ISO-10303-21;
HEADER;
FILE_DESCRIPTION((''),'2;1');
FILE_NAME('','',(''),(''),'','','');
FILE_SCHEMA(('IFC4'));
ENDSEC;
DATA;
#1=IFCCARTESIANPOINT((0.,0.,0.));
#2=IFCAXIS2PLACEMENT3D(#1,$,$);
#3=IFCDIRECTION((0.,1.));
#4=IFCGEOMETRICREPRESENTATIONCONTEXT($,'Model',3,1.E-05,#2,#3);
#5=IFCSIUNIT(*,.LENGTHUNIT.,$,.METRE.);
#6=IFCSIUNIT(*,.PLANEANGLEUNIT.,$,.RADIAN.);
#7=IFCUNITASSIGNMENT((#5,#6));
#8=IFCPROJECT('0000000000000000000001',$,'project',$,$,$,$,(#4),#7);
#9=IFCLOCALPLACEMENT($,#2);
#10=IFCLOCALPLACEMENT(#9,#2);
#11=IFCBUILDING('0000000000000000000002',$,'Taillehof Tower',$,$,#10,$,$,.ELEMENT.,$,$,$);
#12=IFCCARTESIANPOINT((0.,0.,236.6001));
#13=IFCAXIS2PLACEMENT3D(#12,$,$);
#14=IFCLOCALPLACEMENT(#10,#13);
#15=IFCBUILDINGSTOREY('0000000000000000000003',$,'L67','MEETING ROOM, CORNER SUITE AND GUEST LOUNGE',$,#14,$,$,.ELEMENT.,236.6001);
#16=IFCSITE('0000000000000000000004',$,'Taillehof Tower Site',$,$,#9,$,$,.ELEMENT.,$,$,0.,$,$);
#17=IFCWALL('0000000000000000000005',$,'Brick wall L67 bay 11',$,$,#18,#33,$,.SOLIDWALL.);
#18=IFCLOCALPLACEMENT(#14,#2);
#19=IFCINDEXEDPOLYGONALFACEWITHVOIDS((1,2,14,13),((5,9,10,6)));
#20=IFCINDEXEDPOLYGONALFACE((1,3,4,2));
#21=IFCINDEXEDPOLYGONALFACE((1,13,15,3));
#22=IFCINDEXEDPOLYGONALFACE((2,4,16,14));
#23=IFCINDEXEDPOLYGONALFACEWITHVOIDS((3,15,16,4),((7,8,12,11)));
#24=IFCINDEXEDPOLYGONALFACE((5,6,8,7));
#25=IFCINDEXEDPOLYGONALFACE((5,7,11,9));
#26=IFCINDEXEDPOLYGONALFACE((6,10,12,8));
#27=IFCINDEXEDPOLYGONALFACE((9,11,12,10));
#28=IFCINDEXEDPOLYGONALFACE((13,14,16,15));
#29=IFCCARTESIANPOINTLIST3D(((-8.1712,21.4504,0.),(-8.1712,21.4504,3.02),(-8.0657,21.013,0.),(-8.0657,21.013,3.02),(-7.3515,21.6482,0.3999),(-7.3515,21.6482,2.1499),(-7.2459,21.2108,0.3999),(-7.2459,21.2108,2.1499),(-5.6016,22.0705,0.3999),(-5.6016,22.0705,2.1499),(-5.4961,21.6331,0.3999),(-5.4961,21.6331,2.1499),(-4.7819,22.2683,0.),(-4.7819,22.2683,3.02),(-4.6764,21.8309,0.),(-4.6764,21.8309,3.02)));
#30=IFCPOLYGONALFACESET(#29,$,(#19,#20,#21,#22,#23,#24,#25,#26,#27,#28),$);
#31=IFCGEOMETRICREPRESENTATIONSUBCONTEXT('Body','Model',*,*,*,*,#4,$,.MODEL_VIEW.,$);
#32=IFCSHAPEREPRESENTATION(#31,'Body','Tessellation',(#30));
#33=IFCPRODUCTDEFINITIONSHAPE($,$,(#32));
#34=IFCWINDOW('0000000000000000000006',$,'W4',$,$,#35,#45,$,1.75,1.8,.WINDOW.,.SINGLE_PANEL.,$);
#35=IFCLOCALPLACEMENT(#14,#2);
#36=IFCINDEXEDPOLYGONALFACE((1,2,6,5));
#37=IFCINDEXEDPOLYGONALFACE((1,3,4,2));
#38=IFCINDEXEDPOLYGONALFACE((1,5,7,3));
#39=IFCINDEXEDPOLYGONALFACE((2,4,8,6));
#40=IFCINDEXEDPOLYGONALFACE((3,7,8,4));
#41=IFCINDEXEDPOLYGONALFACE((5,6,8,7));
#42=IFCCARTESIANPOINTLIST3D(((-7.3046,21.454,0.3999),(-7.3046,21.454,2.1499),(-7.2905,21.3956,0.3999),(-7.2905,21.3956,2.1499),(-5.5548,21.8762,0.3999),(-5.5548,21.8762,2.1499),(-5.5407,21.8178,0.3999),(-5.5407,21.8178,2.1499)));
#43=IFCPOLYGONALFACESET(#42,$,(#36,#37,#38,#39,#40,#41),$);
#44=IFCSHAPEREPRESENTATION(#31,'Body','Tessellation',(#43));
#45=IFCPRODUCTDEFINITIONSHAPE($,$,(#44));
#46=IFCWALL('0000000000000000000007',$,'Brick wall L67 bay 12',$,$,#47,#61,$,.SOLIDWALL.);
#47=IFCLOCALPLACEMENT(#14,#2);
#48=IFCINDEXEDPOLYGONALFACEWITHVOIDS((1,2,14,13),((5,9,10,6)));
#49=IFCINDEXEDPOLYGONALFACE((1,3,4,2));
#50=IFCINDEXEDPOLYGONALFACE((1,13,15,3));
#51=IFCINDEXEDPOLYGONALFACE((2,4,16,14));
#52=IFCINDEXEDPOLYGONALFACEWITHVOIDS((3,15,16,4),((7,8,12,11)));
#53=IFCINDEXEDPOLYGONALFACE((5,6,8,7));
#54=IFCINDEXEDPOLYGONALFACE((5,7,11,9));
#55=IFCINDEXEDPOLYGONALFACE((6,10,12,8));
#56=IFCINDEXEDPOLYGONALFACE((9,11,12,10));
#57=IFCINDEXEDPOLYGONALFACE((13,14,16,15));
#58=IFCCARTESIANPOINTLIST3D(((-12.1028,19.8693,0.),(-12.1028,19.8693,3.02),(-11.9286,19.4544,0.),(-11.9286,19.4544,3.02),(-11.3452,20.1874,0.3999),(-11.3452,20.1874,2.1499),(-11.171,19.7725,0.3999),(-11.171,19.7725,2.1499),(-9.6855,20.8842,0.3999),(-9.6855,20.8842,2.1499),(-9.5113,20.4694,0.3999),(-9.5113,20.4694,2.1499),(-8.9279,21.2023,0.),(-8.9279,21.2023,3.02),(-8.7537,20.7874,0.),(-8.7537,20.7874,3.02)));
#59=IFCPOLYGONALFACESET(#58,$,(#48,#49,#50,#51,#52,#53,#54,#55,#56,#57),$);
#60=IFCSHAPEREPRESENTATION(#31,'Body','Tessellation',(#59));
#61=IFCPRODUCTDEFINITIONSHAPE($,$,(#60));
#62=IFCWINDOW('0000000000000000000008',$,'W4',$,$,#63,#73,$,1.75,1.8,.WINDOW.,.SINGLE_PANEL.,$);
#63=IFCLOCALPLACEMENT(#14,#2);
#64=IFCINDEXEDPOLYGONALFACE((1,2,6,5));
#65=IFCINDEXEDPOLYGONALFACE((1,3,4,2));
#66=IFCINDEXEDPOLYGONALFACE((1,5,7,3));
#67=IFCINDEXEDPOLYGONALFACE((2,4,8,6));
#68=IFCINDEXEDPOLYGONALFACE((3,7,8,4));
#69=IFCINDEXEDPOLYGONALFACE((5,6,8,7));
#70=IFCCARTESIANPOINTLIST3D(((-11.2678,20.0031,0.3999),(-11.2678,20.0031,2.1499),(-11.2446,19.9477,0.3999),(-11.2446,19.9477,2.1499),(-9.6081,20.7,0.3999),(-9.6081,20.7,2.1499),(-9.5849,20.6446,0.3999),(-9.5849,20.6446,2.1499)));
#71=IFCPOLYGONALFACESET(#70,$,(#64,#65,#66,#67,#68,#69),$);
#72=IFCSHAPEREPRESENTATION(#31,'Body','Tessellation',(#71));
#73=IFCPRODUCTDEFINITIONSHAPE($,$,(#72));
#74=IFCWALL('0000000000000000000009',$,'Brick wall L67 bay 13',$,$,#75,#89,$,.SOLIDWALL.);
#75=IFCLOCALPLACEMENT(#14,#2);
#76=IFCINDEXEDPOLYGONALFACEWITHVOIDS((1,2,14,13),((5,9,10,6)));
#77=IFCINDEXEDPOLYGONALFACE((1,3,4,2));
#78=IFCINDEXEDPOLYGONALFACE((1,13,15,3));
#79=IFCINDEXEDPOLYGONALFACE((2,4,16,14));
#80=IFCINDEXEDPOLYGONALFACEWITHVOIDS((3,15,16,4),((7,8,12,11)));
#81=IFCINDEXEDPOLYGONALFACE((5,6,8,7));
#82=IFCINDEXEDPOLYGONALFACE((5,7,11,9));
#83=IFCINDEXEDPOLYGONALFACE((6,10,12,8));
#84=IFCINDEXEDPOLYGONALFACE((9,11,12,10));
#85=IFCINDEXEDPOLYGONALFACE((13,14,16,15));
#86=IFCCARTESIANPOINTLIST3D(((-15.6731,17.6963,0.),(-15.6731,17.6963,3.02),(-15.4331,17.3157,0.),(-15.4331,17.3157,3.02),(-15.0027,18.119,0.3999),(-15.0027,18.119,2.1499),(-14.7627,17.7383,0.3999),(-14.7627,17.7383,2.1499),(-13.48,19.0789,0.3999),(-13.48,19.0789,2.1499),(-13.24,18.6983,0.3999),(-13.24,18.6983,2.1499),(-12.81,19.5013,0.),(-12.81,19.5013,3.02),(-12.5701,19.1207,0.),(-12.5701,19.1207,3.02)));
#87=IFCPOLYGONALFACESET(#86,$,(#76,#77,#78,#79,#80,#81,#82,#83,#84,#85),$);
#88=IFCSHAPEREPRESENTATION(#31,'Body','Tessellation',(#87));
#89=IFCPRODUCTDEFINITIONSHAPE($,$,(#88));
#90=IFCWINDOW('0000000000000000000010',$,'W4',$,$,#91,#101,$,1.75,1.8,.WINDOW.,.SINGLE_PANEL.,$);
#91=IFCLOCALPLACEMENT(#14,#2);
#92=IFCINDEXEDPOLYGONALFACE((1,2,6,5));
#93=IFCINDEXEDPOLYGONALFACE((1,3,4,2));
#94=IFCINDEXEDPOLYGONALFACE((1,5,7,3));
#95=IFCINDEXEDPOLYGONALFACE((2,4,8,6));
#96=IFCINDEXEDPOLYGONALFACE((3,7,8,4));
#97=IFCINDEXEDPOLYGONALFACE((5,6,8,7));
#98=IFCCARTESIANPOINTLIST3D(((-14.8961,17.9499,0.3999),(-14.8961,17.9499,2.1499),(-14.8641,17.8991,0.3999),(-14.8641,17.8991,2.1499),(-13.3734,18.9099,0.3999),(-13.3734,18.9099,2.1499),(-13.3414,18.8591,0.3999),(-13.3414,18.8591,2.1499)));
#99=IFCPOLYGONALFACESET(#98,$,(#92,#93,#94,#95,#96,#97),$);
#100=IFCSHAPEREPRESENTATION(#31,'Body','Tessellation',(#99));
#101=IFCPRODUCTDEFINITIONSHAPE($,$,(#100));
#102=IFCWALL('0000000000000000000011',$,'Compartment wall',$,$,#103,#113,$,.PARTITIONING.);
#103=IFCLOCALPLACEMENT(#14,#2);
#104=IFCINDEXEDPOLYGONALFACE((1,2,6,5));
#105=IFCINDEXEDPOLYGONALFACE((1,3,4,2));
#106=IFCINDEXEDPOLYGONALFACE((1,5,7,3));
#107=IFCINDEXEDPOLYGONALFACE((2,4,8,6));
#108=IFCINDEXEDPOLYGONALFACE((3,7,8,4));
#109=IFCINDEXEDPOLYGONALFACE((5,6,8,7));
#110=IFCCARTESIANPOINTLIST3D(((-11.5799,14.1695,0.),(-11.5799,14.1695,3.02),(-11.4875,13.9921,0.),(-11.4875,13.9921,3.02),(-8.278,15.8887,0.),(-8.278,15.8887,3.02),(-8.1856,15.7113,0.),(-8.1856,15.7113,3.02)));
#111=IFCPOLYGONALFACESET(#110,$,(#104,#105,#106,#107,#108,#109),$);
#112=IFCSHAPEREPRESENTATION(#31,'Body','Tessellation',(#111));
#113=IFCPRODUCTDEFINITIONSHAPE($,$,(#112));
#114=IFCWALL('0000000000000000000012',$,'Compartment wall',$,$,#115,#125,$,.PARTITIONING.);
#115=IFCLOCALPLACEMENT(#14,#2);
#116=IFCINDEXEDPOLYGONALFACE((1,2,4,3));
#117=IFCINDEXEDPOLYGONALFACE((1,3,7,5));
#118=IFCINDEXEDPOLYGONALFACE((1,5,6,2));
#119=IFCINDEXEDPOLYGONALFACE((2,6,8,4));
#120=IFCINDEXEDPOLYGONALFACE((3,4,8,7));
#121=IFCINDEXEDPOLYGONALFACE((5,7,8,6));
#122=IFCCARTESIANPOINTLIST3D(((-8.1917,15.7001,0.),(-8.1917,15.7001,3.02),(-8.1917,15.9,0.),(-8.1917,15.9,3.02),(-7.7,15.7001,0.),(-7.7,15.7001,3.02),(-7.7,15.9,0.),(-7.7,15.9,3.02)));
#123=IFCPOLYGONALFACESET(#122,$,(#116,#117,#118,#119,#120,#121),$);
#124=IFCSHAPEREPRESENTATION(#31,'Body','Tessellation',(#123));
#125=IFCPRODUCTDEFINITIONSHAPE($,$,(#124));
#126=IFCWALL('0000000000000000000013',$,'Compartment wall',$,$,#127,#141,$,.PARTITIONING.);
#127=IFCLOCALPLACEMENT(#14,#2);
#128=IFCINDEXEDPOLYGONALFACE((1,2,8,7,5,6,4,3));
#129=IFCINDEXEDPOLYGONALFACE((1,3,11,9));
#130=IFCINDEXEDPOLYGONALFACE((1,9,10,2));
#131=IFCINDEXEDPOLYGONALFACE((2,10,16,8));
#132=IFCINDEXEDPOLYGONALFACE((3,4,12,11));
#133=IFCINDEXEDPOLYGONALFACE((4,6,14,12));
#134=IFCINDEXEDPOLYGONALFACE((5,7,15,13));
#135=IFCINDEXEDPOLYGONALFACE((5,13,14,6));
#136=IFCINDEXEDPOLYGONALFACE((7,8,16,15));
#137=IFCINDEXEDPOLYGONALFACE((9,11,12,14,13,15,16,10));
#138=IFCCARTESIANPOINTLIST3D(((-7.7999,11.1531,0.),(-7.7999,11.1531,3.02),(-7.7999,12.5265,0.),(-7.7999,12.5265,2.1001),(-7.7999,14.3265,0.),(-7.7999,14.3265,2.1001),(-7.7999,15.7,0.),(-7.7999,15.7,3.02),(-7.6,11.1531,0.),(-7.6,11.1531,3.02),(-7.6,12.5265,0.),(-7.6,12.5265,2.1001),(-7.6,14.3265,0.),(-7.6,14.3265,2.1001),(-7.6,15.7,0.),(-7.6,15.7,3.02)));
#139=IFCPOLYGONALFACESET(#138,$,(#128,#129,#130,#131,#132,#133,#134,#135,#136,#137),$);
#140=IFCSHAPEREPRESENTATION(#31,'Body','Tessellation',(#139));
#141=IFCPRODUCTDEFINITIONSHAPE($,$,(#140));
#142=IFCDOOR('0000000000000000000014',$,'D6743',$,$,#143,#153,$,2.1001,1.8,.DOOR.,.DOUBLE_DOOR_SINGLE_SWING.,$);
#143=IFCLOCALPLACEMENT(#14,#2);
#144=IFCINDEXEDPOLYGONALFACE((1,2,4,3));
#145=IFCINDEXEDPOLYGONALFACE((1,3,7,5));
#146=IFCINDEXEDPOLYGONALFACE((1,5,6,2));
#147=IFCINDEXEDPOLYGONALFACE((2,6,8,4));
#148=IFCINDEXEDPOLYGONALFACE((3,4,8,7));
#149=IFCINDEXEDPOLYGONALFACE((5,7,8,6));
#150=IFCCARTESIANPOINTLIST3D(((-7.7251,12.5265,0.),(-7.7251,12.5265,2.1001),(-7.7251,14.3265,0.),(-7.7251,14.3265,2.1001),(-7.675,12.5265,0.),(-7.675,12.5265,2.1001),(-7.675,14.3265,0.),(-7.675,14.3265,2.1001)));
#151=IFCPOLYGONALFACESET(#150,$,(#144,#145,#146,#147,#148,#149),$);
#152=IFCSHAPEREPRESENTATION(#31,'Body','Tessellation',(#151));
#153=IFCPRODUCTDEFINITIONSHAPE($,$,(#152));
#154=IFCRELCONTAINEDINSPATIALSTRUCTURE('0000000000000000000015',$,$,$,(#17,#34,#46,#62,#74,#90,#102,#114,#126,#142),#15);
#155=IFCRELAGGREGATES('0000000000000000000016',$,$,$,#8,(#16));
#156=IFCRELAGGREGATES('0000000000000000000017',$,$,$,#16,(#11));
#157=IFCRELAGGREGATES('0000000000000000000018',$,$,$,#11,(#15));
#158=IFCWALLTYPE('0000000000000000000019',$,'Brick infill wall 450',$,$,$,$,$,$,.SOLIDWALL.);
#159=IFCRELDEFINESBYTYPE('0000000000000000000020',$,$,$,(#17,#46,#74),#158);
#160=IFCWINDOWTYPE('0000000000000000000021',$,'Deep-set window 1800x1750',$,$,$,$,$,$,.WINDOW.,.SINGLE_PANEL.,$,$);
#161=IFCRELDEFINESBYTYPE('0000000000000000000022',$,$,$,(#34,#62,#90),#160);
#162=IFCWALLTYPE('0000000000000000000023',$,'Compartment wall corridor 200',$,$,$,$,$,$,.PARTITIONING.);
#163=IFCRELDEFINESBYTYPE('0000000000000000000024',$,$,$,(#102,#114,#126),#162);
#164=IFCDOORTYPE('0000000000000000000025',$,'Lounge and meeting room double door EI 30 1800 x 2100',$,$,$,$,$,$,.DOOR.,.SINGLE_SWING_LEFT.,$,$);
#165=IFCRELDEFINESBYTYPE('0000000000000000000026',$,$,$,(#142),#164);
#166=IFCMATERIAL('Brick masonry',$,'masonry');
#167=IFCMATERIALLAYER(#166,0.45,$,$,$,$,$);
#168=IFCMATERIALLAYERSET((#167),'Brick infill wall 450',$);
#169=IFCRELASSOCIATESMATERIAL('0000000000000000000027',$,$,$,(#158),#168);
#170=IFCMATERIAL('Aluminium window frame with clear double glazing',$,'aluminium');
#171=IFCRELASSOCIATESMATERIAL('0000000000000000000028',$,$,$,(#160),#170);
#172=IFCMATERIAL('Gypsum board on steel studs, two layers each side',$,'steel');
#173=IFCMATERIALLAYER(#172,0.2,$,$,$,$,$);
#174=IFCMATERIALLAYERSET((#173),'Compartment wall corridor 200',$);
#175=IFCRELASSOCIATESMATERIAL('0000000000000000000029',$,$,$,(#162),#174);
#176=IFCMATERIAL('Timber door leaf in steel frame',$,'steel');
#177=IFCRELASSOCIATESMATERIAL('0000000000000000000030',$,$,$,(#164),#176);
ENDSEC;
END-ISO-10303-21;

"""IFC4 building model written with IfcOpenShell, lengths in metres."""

from ifc_helpers import new_model, si_unit, direction, frame, frame_2d, origin, place, context, subcontext, project, spatial, rectangle, extrude, material, layer, layer_set, type_object, element, fill, save


model = new_model("IFC4")

# Units and contexts
model_context = context("Model", 3, precision=1e-05, world=origin(), true_north=direction((0.0, 1.0)))
body_context = subcontext(model_context, "Body", "Model", "MODEL_VIEW")
ifc_project = project(units=[si_unit("LENGTHUNIT", "METRE"), si_unit("PLANEANGLEUNIT", "RADIAN")], contexts=[model_context])

# Site, building, storey
site_placement = place(None, origin())
site = spatial("IfcSite", under=ifc_project, at=site_placement, Name="Taillehof Tower Site", CompositionType="ELEMENT", RefElevation=0.0)
building_placement = place(site_placement, origin())
building = spatial("IfcBuilding", under=site, at=building_placement, Name="Taillehof Tower", CompositionType="ELEMENT")
storey_placement = place(building_placement, frame((0.0, 0.0, 236.6001)))
storey = spatial("IfcBuildingStorey", under=building, at=storey_placement, Name="L67", Description="MEETING ROOM, CORNER SUITE AND GUEST LOUNGE", CompositionType="ELEMENT", Elevation=236.6001)

# Walls, openings, windows
ifc_material_1 = material(Name="Brick masonry", Category="masonry")
ifc_layer_1 = layer(ifc_material_1, 0.45)
ifc_layer_set_1 = layer_set([ifc_layer_1], Name="Brick infill wall 450")
wall_type_1 = type_object("IfcWallType", Name="Brick infill wall 450", PredefinedType="SOLIDWALL", material=ifc_layer_set_1)
ifc_material_2 = material(Name="Aluminium window frame with clear double glazing", Category="aluminium")
window_type = type_object("IfcWindowType", Name="Deep-set window 1800x1750", PartitioningType="SINGLE_PANEL", PredefinedType="WINDOW", material=ifc_material_2)
wall_1_placement = place(storey_placement, frame((-4.7292, 22.0496, 0.0), z_axis=(0.0, 0.0, 1.0), x_axis=(-0.972099, -0.23457, 0.0)))
wall_1 = element("IfcWall", 1, at=wall_1_placement, inside=storey, type_object=wall_type_1, Name="Brick wall L67 bay 11", PredefinedType="SOLIDWALL", context=body_context, shape_type="SweptSolid", body=[
    extrude(rectangle(XDim=3.4866, YDim=0.45, at=frame_2d((1.7432, 0.0))), origin(), (0.0, 0.0, 1.0), 3.02),
])
opening_1_placement = place(wall_1_placement, frame((0.8433, 0.0, 0.3999)))
opening_1 = element("IfcOpeningElement", 2, at=opening_1_placement, cuts=wall_1, PredefinedType="OPENING", context=body_context, shape_type="SweptSolid", body=[
    extrude(rectangle(XDim=1.8, YDim=1.75, at=frame_2d((0.8999, 0.875))), frame((0.0, 0.2349, 0.0), z_axis=(0.0, -1.0, 0.0), x_axis=(1.0, 0.0, 0.0)), (0.0, 0.0, 1.0), 0.47),
])
window_1_placement = place(opening_1_placement, origin())
window_1 = element("IfcWindow", 3, at=window_1_placement, inside=storey, type_object=window_type, Name="W4", OverallHeight=1.75, OverallWidth=1.8, PartitioningType="SINGLE_PANEL", PredefinedType="WINDOW", context=body_context, shape_type="SweptSolid", body=[
    extrude(rectangle(XDim=1.8, YDim=1.75, at=frame_2d((0.8999, 0.875))), frame((0.0, 0.0349, 0.0), z_axis=(0.0, -1.0, 0.0), x_axis=(1.0, 0.0, 0.0)), (0.0, 0.0, 1.0), 0.0601),
])
fill(opening_1, window_1)
wall_2_placement = place(storey_placement, frame((-8.8408, 20.9949, 0.0), z_axis=(0.0, 0.0, 1.0), x_axis=(-0.922025, -0.387131, 0.0)))
wall_2 = element("IfcWall", 4, at=wall_2_placement, inside=storey, type_object=wall_type_1, Name="Brick wall L67 bay 12", PredefinedType="SOLIDWALL", context=body_context, shape_type="SweptSolid", body=[
    extrude(rectangle(XDim=3.4434, YDim=0.45, at=frame_2d((1.7217, 0.0))), origin(), (0.0, 0.0, 1.0), 3.02),
])
opening_2_placement = place(wall_2_placement, frame((0.8218, 0.0, 0.3999)))
opening_2 = element("IfcOpeningElement", 5, at=opening_2_placement, cuts=wall_2, PredefinedType="OPENING", context=body_context, shape_type="SweptSolid", body=[
    extrude(rectangle(XDim=1.8, YDim=1.75, at=frame_2d((0.8999, 0.875))), frame((0.0, 0.2349, 0.0), z_axis=(0.0, -1.0, 0.0), x_axis=(1.0, 0.0, 0.0)), (0.0, 0.0, 1.0), 0.47),
])
window_2_placement = place(opening_2_placement, origin())
window_2 = element("IfcWindow", 6, at=window_2_placement, inside=storey, type_object=window_type, Name="W4", OverallHeight=1.75, OverallWidth=1.8, PartitioningType="SINGLE_PANEL", PredefinedType="WINDOW", context=body_context, shape_type="SweptSolid", body=[
    extrude(rectangle(XDim=1.8, YDim=1.75, at=frame_2d((0.8999, 0.875))), frame((0.0, 0.0349, 0.0), z_axis=(0.0, -1.0, 0.0), x_axis=(1.0, 0.0, 0.0)), (0.0, 0.0, 1.0), 0.0601),
])
fill(opening_2, window_2)
wall_3_placement = place(storey_placement, frame((-12.6899, 19.311, 0.0), z_axis=(0.0, 0.0, 1.0), x_axis=(-0.845929, -0.533295, 0.0)))
wall_3 = element("IfcWall", 7, at=wall_3_placement, inside=storey, type_object=wall_type_1, Name="Brick wall L67 bay 13", PredefinedType="SOLIDWALL", context=body_context, shape_type="SweptSolid", body=[
    extrude(rectangle(XDim=3.3845, YDim=0.45, at=frame_2d((1.6924, 0.0))), origin(), (0.0, 0.0, 1.0), 3.02),
])
opening_3_placement = place(wall_3_placement, frame((0.7922, 0.0, 0.3999)))
opening_3 = element("IfcOpeningElement", 8, at=opening_3_placement, cuts=wall_3, PredefinedType="OPENING", context=body_context, shape_type="SweptSolid", body=[
    extrude(rectangle(XDim=1.8, YDim=1.75, at=frame_2d((0.8999, 0.875))), frame((0.0, 0.2349, 0.0), z_axis=(0.0, -1.0, 0.0), x_axis=(1.0, 0.0, 0.0)), (0.0, 0.0, 1.0), 0.47),
])
window_3_placement = place(opening_3_placement, origin())
window_3 = element("IfcWindow", 9, at=window_3_placement, inside=storey, type_object=window_type, Name="W4", OverallHeight=1.75, OverallWidth=1.8, PartitioningType="SINGLE_PANEL", PredefinedType="WINDOW", context=body_context, shape_type="SweptSolid", body=[
    extrude(rectangle(XDim=1.8, YDim=1.75, at=frame_2d((0.8999, 0.875))), frame((0.0, 0.0349, 0.0), z_axis=(0.0, -1.0, 0.0), x_axis=(1.0, 0.0, 0.0)), (0.0, 0.0, 1.0), 0.0601),
])
fill(opening_3, window_3)

# Walls
ifc_material_3 = material(Name="Gypsum board on steel studs, two layers each side", Category="steel")
ifc_layer_2 = layer(ifc_material_3, 0.2)
ifc_layer_set_2 = layer_set([ifc_layer_2], Name="Compartment wall corridor 200")
wall_type_2 = type_object("IfcWallType", Name="Compartment wall corridor 200", PredefinedType="PARTITIONING", material=ifc_layer_set_2)
wall_4_placement = place(storey_placement, frame((-11.5337, 14.0808, 0.0), z_axis=(0.0, 0.0, 1.0), x_axis=(0.886975, 0.461817, 0.0)))
element("IfcWall", 10, at=wall_4_placement, inside=storey, type_object=wall_type_2, Name="Compartment wall", PredefinedType="PARTITIONING", context=body_context, shape_type="SweptSolid", body=[
    extrude(rectangle(XDim=3.7227, YDim=0.2, at=frame_2d((1.8613, 0.0))), origin(), (0.0, 0.0, 1.0), 3.02),
])
wall_5_placement = place(storey_placement, frame((-8.1917, 15.8, 0.0), z_axis=(0.0, 0.0, 1.0), x_axis=(1.0, 0.0, 0.0)))
element("IfcWall", 11, at=wall_5_placement, inside=storey, type_object=wall_type_2, Name="Compartment wall", PredefinedType="PARTITIONING", context=body_context, shape_type="SweptSolid", body=[
    extrude(rectangle(XDim=0.4917, YDim=0.2, at=frame_2d((0.2458, 0.0))), origin(), (0.0, 0.0, 1.0), 3.02),
])

# Wall, opening, door
wall_6_placement = place(storey_placement, frame((-7.7, 15.7, 0.0), z_axis=(0.0, 0.0, 1.0), x_axis=(0.0, -1.0, 0.0)))
wall_6 = element("IfcWall", 12, at=wall_6_placement, inside=storey, type_object=wall_type_2, Name="Compartment wall", PredefinedType="PARTITIONING", context=body_context, shape_type="SweptSolid", body=[
    extrude(rectangle(XDim=4.5469, YDim=0.2, at=frame_2d((2.2734, 0.0))), origin(), (0.0, 0.0, 1.0), 3.02),
])
opening_4_placement = place(wall_6_placement, frame((1.3735, 0.0, 0.0)))
opening_4 = element("IfcOpeningElement", 13, at=opening_4_placement, cuts=wall_6, PredefinedType="OPENING", context=body_context, shape_type="SweptSolid", body=[
    extrude(rectangle(XDim=1.8, YDim=2.1001, at=frame_2d((0.8999, 1.05))), frame((0.0, 0.1099, 0.0), z_axis=(0.0, -1.0, 0.0), x_axis=(1.0, 0.0, 0.0)), (0.0, 0.0, 1.0), 0.22),
])
ifc_material_4 = material(Name="Timber door leaf in steel frame", Category="steel")
door_type_1 = type_object("IfcDoorType", Name="Lounge and meeting room double door EI 30 1800 x 2100", OperationType="SINGLE_SWING_LEFT", PredefinedType="DOOR", material=ifc_material_4)
door_1_placement = place(opening_4_placement, origin())
door_1 = element("IfcDoor", 14, at=door_1_placement, inside=storey, type_object=door_type_1, Name="D6743", OperationType="DOUBLE_DOOR_SINGLE_SWING", OverallHeight=2.1001, OverallWidth=1.8, PredefinedType="DOOR", context=body_context, shape_type="SweptSolid", body=[
    extrude(rectangle(XDim=1.8, YDim=2.1001, at=frame_2d((0.8999, 1.05))), frame((0.0, 0.0249, 0.0), z_axis=(0.0, -1.0, 0.0), x_axis=(1.0, 0.0, 0.0)), (0.0, 0.0, 1.0), 0.05),
])
fill(opening_4, door_1)

save(model, "model.ifc")
